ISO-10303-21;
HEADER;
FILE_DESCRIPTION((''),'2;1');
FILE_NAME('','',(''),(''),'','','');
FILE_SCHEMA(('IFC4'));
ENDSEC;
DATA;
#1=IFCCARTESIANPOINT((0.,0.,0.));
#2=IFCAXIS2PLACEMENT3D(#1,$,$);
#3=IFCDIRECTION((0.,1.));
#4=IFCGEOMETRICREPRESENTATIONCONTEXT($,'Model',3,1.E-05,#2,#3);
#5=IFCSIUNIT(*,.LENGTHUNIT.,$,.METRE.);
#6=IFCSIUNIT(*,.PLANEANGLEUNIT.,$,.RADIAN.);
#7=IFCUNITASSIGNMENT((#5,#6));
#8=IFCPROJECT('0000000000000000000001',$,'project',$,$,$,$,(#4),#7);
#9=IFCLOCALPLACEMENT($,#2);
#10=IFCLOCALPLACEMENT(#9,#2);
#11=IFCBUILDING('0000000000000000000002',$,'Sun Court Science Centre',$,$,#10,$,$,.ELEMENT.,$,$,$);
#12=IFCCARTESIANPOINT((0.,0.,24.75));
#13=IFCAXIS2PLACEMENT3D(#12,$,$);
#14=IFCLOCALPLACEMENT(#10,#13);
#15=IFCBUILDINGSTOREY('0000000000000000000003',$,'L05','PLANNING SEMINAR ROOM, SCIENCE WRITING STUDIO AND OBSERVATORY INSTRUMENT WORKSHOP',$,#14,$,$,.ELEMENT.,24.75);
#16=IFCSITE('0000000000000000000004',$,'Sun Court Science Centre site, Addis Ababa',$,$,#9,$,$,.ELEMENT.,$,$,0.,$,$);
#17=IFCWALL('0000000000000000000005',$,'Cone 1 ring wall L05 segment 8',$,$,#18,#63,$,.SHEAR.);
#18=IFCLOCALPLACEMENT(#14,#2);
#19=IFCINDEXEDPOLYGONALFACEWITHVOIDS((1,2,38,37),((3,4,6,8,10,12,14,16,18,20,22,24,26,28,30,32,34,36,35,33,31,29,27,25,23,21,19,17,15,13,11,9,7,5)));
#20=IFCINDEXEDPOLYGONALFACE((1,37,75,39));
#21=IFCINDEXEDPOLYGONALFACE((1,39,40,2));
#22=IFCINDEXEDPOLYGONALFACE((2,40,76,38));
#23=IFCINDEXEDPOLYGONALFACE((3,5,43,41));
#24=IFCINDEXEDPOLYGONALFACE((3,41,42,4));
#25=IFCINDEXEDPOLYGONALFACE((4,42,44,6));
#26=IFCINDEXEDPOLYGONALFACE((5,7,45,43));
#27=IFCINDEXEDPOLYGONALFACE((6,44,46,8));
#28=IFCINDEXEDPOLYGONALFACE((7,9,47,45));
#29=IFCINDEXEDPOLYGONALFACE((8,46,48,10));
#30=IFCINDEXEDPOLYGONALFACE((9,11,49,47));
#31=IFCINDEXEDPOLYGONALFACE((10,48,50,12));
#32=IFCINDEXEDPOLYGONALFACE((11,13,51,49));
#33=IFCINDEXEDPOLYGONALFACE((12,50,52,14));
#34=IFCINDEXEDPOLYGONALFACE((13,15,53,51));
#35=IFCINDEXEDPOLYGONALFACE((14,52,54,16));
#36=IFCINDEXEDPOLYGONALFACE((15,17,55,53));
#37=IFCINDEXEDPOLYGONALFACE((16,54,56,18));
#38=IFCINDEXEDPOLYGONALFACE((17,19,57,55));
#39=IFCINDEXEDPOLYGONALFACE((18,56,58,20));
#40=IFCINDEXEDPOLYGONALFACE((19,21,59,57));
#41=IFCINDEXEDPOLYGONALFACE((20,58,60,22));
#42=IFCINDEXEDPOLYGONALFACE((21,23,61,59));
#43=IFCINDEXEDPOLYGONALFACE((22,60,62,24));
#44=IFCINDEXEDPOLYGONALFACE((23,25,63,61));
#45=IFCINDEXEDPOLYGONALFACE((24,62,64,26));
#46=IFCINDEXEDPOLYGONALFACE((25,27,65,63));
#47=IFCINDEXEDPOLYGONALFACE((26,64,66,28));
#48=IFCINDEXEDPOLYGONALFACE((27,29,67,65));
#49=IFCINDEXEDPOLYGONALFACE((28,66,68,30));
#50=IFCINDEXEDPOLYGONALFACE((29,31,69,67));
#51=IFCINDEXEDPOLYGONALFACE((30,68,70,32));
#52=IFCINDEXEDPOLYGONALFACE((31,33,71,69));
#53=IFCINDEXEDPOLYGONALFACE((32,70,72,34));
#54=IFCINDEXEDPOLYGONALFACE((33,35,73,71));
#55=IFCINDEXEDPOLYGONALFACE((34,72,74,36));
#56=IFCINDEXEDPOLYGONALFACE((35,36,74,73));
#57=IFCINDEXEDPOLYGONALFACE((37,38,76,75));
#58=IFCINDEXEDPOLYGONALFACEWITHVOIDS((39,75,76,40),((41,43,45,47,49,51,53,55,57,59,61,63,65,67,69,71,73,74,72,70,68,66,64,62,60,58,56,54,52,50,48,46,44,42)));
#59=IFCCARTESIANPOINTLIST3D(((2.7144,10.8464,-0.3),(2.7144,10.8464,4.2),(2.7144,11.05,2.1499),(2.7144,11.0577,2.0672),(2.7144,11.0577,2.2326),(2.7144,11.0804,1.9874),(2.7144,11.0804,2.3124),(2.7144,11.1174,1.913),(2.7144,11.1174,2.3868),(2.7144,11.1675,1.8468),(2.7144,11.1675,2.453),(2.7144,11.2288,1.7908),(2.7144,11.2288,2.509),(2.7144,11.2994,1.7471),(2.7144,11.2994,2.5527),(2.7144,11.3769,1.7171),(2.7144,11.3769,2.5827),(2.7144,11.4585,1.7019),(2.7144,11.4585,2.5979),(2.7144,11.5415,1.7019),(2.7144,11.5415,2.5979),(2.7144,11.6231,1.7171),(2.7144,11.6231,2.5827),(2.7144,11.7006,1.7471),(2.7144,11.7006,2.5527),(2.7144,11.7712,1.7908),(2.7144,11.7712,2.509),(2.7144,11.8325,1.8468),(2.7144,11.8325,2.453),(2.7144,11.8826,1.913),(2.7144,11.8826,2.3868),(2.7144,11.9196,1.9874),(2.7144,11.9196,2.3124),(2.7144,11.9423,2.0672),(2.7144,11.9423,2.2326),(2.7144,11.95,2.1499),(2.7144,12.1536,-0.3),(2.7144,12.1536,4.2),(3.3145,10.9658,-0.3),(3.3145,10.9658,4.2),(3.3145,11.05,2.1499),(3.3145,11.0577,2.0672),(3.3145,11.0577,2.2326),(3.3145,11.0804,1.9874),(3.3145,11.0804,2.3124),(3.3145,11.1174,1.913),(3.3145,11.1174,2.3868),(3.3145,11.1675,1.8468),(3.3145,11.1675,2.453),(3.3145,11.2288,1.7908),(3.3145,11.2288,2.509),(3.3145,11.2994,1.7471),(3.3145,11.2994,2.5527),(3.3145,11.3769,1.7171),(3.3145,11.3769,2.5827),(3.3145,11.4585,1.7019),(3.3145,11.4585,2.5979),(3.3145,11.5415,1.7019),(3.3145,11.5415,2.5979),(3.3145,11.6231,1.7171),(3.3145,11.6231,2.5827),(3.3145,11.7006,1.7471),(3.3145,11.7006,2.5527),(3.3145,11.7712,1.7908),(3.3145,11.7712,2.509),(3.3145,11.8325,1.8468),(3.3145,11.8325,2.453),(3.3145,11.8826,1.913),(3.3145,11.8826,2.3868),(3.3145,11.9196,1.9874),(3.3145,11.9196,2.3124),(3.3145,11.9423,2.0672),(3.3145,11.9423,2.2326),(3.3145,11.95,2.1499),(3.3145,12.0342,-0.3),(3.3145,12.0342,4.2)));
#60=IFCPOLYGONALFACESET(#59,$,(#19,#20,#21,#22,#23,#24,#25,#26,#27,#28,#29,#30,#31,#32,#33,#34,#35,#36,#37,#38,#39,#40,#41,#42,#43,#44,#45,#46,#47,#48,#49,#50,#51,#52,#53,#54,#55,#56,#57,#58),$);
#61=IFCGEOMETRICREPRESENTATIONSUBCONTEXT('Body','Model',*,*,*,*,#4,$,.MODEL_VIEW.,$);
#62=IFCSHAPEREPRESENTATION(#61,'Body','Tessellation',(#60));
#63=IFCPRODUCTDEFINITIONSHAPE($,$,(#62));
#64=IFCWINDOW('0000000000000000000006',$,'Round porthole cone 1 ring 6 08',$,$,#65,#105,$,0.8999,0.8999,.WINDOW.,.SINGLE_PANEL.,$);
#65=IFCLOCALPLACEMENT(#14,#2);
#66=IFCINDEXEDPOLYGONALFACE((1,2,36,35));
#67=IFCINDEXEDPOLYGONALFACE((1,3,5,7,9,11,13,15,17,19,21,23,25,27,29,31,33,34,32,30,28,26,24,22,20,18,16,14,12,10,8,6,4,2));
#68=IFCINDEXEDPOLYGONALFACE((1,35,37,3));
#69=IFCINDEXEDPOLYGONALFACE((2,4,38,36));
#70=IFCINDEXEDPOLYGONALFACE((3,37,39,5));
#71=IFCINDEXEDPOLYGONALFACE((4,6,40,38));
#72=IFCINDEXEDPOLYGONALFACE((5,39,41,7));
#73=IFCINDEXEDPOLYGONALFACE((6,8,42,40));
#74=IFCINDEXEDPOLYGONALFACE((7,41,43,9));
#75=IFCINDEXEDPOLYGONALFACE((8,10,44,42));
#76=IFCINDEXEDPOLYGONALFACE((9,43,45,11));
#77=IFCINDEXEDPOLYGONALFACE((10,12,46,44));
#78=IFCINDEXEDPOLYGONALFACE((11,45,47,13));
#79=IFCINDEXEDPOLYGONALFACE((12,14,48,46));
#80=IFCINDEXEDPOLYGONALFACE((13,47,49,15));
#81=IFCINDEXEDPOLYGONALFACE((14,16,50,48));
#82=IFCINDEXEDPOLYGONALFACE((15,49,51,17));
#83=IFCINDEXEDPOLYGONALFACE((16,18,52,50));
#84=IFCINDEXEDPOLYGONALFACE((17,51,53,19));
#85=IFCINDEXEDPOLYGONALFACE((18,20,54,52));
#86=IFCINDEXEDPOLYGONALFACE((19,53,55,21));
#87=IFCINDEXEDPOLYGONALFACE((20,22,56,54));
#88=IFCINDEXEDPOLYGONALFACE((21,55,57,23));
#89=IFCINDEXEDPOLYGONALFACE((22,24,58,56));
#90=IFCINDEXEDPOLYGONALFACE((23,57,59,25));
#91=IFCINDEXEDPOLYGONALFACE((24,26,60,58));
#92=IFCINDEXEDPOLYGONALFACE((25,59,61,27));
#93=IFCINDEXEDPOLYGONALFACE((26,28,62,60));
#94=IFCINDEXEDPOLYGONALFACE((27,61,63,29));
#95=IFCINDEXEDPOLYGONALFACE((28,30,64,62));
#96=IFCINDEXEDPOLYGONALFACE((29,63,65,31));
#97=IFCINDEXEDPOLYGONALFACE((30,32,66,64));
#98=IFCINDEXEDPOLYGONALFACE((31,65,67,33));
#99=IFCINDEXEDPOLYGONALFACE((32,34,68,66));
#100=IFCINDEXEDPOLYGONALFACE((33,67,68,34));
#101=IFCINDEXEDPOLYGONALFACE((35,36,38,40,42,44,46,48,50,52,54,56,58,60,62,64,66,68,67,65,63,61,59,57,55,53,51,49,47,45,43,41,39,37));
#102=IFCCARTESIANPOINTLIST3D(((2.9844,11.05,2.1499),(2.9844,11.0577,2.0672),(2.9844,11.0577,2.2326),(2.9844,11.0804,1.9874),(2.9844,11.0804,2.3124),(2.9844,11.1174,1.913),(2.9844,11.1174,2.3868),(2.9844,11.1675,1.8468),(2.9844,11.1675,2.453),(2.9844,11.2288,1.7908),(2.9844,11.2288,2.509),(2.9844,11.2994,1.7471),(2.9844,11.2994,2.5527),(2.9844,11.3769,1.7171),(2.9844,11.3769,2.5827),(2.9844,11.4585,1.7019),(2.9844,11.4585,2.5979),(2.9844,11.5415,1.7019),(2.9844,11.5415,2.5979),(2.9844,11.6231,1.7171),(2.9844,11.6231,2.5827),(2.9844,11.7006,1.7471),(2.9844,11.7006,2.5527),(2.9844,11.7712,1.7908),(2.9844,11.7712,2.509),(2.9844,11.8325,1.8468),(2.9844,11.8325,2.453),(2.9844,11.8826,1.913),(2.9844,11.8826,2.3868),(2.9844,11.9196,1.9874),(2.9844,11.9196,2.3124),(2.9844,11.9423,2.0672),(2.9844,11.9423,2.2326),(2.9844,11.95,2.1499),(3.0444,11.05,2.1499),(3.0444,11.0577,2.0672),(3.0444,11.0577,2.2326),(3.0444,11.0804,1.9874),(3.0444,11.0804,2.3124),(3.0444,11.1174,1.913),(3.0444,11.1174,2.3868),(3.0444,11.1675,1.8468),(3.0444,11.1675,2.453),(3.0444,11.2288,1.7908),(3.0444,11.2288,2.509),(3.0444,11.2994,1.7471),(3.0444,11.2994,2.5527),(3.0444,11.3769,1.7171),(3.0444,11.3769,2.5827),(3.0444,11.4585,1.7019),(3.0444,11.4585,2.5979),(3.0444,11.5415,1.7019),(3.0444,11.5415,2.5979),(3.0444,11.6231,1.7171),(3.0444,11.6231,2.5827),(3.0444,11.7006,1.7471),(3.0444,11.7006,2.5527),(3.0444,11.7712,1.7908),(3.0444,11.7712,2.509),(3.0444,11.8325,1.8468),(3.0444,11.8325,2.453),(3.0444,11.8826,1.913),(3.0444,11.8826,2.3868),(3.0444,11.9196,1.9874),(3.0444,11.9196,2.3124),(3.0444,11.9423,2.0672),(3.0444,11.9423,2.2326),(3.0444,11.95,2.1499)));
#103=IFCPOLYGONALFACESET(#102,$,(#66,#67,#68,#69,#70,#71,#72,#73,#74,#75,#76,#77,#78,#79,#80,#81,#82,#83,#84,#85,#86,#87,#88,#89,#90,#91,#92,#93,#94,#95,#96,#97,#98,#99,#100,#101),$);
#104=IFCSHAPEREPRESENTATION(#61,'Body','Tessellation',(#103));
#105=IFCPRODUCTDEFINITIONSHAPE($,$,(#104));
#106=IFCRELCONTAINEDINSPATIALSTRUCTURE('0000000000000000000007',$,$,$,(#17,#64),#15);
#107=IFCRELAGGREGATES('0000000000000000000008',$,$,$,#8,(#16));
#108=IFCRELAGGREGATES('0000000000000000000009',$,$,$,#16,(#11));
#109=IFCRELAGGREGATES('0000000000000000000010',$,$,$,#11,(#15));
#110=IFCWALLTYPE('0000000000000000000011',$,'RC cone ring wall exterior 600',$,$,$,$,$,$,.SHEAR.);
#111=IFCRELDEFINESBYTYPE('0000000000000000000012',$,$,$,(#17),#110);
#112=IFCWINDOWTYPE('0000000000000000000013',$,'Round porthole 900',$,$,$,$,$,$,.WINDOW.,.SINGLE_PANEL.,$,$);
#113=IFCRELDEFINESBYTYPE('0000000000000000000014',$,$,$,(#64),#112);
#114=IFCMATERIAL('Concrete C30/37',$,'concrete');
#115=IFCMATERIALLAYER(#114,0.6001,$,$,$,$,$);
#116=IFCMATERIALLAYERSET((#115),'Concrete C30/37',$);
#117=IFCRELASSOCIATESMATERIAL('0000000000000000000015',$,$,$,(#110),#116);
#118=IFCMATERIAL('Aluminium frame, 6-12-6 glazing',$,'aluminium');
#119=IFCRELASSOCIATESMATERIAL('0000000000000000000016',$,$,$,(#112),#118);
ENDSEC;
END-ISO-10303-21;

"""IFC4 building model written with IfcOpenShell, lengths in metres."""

from ifc_helpers import new_model, si_unit, direction, frame, frame_2d, origin, place, context, subcontext, project, spatial, polyline, circle, outline, extrude, material, layer, layer_set, type_object, element, fill, save


model = new_model("IFC4")

# Units and contexts
model_context = context("Model", 3, precision=1e-05, world=origin(), true_north=direction((0.0, 1.0)))
body_context = subcontext(model_context, "Body", "Model", "MODEL_VIEW")
ifc_project = project(units=[si_unit("LENGTHUNIT", "METRE"), si_unit("PLANEANGLEUNIT", "RADIAN")], contexts=[model_context])

# Site, building, storey
site_placement = place(None, origin())
site = spatial("IfcSite", under=ifc_project, at=site_placement, Name="Sun Court Science Centre site, Addis Ababa", CompositionType="ELEMENT", RefElevation=0.0)
building_placement = place(site_placement, origin())
building = spatial("IfcBuilding", under=site, at=building_placement, Name="Sun Court Science Centre", CompositionType="ELEMENT")
storey_placement = place(building_placement, frame((0.0, 0.0, 24.75)))
storey = spatial("IfcBuildingStorey", under=building, at=storey_placement, Name="L05", Description="PLANNING SEMINAR ROOM, SCIENCE WRITING STUDIO AND OBSERVATORY INSTRUMENT WORKSHOP", CompositionType="ELEMENT", Elevation=24.75)

# Wall, opening, window
ifc_material_1 = material(Name="Concrete C30/37", Category="concrete")
ifc_layer = layer(ifc_material_1, 0.6001)
ifc_layer_set = layer_set([ifc_layer], Name="Concrete C30/37")
wall_type = type_object("IfcWallType", Name="RC cone ring wall exterior 600", PredefinedType="SHEAR", material=ifc_layer_set)
ifc_material_2 = material(Name="Aluminium frame, 6-12-6 glazing", Category="aluminium")
window_type = type_object("IfcWindowType", Name="Round porthole 900", PartitioningType="SINGLE_PANEL", PredefinedType="WINDOW", material=ifc_material_2)
wall_1_placement = place(storey_placement, frame((3.0144, 12.1536, -0.3), z_axis=(0.0, 0.0, 1.0), x_axis=(0.0, -1.0, 0.0)))
wall_1 = element("IfcWall", 1, at=wall_1_placement, inside=storey, type_object=wall_type, Name="Cone 1 ring wall L05 segment 8", PredefinedType="SHEAR", context=body_context, shape_type="SweptSolid", body=[
    extrude(outline(polyline([(0.0, -0.3), (1.3071, -0.3), (1.1877, 0.3), (0.1194, 0.3), (0.0, -0.3)])), origin(), (0.0, 0.0, 1.0), 4.5),
])
opening_1_placement = place(wall_1_placement, frame((0.2036, 0.0, 2.0)))
opening_1 = element("IfcOpeningElement", 2, at=opening_1_placement, cuts=wall_1, PredefinedType="OPENING", context=body_context, shape_type="SweptSolid", body=[
    extrude(circle(Radius=0.45, at=frame_2d((0.45, 0.45))), frame((0.0, 0.3101, 0.0), z_axis=(0.0, -1.0, 0.0), x_axis=(1.0, 0.0, 0.0)), (0.0, 0.0, 1.0), 0.6201),
])
window_1_placement = place(opening_1_placement, origin())
window_1 = element("IfcWindow", 3, at=window_1_placement, inside=storey, type_object=window_type, Name="Round porthole cone 1 ring 6 08", OverallHeight=0.8999, OverallWidth=0.8999, PartitioningType="SINGLE_PANEL", PredefinedType="WINDOW", context=body_context, shape_type="SweptSolid", body=[
    extrude(circle(Radius=0.45, at=frame_2d((0.45, 0.45))), frame((0.0, 0.03, 0.0), z_axis=(0.0, -1.0, 0.0), x_axis=(1.0, 0.0, 0.0)), (0.0, 0.0, 1.0), 0.0601),
])
fill(opening_1, window_1)

save(model, "model.ifc")
